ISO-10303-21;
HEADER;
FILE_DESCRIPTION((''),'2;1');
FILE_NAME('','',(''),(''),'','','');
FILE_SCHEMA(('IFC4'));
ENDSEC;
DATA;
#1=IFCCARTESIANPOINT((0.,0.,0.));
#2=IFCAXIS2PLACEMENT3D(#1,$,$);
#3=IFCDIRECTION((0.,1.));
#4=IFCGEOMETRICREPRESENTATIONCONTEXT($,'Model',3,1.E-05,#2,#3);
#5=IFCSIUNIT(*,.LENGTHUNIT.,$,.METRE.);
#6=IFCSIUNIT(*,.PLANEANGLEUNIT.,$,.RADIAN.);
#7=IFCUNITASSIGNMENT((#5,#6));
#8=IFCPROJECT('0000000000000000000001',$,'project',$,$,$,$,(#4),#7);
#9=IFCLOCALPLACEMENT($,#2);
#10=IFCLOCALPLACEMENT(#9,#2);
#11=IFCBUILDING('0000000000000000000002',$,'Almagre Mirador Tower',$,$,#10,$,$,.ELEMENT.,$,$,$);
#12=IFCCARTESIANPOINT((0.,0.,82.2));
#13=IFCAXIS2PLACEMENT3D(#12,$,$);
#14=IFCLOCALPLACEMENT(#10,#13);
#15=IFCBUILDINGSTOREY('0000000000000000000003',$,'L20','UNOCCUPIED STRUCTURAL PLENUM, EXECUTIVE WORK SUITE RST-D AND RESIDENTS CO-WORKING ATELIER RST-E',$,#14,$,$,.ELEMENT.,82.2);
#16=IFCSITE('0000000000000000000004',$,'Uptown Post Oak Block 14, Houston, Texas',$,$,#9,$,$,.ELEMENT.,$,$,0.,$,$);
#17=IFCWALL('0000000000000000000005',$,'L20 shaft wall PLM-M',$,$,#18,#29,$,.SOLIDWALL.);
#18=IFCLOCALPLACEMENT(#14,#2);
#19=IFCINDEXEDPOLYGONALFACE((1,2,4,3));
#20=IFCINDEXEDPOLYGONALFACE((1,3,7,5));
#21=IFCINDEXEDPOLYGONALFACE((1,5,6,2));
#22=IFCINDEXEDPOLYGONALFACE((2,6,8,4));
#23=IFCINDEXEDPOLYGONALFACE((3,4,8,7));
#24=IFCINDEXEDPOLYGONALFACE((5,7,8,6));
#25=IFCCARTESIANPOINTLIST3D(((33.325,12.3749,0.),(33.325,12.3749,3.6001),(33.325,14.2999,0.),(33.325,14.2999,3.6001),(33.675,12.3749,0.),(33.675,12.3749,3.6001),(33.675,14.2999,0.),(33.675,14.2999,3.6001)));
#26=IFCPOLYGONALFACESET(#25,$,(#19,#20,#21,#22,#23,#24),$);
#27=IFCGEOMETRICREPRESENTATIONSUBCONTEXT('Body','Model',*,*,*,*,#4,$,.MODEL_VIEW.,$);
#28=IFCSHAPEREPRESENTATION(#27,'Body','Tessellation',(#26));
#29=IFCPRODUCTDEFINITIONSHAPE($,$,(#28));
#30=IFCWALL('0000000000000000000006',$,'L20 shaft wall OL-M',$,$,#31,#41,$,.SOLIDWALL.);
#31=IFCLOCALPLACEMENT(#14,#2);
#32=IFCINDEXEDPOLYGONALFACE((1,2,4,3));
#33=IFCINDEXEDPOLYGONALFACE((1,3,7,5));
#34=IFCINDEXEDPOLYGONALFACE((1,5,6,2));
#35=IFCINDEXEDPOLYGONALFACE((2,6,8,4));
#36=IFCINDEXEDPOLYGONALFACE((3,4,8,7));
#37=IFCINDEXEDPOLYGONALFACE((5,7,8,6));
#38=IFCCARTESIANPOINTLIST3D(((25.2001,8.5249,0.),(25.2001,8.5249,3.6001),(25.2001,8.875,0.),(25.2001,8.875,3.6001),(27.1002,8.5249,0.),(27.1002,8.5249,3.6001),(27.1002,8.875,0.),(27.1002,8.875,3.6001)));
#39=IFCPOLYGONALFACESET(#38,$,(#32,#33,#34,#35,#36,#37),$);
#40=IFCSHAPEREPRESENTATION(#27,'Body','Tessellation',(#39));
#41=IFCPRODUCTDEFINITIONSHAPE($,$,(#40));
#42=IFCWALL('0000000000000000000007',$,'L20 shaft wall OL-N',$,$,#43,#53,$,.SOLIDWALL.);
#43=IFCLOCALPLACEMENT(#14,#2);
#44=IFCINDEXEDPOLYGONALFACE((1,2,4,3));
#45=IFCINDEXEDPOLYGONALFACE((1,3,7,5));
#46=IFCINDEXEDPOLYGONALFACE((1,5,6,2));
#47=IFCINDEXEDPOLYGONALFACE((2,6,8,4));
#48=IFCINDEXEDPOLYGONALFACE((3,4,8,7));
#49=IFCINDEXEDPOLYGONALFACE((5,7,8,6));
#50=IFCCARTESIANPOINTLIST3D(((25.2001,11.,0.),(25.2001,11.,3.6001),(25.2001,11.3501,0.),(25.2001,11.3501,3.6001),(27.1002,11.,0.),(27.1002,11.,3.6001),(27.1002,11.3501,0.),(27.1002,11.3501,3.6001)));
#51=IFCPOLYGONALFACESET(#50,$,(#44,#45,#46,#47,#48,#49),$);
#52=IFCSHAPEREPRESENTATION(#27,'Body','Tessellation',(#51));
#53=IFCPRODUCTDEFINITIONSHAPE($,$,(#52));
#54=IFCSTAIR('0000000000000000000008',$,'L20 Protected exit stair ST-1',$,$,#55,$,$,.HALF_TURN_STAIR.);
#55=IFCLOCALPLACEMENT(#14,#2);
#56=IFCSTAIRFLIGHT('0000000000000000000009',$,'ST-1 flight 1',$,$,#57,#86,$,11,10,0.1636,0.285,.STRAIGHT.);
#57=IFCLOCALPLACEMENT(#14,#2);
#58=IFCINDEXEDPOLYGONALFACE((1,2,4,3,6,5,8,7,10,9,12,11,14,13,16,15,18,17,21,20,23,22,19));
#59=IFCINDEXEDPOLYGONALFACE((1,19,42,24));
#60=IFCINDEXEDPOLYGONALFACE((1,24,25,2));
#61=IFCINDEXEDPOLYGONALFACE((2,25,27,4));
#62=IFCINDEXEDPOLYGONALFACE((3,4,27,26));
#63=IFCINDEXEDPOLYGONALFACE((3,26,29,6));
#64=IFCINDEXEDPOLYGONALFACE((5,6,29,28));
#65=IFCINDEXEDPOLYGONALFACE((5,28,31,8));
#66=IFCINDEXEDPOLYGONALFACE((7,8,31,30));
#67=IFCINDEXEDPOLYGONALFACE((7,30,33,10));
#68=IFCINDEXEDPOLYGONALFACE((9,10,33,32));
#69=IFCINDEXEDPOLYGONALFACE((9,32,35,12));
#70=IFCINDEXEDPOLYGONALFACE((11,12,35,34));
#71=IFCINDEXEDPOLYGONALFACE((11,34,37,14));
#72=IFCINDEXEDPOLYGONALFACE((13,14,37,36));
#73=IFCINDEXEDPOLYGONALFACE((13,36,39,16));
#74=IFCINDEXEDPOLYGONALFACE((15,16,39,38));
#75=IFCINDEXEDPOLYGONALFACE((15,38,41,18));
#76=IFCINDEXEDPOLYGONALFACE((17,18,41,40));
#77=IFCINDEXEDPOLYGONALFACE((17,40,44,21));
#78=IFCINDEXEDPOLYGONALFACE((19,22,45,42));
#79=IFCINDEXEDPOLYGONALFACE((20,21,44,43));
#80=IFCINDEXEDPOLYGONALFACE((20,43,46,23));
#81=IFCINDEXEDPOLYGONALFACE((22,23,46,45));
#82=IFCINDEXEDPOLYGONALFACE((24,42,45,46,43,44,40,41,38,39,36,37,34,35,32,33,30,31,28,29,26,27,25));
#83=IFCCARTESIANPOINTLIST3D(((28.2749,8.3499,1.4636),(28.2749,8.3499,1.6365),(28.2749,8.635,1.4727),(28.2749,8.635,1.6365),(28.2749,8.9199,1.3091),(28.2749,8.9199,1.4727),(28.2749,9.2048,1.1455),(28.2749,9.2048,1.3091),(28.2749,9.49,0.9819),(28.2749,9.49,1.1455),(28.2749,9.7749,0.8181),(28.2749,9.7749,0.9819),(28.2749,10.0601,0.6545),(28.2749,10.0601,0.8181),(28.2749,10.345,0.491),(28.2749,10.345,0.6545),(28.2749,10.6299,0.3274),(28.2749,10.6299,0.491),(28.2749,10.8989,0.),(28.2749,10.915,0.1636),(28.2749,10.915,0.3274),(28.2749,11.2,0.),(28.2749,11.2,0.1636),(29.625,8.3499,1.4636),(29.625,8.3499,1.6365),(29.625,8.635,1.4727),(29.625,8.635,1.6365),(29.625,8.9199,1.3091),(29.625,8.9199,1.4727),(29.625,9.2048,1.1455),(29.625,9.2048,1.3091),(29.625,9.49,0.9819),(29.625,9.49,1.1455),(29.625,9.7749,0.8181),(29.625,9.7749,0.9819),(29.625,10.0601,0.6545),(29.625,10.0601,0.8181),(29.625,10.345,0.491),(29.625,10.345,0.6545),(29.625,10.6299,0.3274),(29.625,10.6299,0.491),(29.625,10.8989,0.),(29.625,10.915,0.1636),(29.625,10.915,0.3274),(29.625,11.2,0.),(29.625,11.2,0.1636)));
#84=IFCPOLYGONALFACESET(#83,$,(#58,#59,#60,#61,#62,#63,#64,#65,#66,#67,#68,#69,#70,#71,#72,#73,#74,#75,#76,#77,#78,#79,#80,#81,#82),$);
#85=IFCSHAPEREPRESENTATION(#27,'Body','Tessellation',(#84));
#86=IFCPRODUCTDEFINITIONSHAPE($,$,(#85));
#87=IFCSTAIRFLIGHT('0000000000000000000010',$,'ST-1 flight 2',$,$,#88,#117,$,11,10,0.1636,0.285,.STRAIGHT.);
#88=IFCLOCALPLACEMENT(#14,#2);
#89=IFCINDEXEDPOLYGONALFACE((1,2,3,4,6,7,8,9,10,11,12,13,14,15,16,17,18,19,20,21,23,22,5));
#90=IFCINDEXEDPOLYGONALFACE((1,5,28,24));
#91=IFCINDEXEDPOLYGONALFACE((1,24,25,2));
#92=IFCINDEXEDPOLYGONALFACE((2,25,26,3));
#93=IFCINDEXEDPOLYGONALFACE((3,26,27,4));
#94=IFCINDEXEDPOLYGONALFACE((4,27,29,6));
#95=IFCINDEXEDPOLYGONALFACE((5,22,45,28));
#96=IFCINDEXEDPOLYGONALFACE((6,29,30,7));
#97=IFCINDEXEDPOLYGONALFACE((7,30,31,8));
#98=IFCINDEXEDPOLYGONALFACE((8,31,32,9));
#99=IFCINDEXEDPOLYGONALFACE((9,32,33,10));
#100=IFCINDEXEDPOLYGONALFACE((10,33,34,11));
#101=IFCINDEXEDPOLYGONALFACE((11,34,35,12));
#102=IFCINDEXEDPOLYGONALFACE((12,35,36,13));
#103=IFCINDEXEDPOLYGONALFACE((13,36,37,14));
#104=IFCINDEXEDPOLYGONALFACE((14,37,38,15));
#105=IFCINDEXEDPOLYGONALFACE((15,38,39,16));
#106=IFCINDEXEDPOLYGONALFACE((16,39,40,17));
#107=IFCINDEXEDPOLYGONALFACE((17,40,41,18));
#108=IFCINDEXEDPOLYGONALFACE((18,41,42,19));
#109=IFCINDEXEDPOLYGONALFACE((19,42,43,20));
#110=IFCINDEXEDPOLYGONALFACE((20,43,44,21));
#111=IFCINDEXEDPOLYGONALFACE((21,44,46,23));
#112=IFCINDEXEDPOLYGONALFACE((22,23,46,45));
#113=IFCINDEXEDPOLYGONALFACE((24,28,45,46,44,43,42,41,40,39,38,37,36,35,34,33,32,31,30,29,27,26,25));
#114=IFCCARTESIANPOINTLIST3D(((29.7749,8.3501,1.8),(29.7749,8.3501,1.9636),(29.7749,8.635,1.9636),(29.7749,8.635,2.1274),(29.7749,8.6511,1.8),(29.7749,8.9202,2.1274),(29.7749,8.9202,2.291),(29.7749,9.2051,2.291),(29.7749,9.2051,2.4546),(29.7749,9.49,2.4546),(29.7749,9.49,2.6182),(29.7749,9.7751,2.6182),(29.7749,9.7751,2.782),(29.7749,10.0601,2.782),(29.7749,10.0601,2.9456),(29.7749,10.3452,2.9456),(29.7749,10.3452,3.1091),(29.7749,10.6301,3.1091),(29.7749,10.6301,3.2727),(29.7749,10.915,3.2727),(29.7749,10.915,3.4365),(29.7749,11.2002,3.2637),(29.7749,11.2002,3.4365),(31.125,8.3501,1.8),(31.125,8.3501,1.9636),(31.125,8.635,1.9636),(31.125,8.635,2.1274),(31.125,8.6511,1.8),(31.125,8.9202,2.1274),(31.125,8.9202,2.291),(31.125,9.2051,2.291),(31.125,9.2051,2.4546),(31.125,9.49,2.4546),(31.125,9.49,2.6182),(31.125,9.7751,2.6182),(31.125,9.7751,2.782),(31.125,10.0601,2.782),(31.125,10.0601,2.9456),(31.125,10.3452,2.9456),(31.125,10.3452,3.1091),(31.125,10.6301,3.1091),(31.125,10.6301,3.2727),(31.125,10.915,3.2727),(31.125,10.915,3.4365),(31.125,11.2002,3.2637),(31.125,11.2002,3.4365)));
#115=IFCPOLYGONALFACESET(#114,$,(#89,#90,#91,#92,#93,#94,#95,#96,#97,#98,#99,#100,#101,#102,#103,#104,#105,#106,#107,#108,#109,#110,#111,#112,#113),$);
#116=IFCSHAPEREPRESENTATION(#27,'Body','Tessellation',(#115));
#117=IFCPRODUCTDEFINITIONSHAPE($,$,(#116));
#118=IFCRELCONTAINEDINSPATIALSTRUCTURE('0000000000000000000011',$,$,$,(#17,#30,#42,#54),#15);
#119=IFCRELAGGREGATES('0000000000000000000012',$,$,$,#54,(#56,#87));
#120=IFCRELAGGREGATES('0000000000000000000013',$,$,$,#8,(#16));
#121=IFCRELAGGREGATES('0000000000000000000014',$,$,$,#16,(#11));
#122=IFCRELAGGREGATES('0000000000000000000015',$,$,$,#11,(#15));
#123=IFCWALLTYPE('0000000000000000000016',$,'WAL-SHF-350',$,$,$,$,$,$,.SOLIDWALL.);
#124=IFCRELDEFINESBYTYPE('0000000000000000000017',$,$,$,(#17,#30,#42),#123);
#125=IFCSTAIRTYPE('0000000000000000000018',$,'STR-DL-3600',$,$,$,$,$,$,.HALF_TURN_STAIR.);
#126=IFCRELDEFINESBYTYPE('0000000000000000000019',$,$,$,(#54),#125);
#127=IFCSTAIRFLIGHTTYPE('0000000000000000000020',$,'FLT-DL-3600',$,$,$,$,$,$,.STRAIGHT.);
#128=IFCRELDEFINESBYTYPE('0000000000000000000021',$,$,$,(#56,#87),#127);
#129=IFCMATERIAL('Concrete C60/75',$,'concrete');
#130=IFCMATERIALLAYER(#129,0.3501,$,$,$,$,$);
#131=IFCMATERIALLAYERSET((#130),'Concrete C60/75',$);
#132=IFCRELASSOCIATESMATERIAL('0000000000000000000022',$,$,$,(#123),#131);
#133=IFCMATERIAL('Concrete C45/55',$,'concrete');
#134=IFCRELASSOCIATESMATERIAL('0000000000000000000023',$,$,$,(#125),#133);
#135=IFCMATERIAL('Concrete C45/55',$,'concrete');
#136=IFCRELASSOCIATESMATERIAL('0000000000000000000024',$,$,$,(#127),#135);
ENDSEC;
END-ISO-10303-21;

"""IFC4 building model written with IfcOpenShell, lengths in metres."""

from ifc_helpers import new_model, si_unit, direction, frame, frame_2d, origin, place, context, subcontext, project, spatial, polyline, rectangle, outline, extrude, material, layer, layer_set, type_object, element, aggregate, save


model = new_model("IFC4")

# Units and contexts
model_context = context("Model", 3, precision=1e-05, world=origin(), true_north=direction((0.0, 1.0)))
body_context = subcontext(model_context, "Body", "Model", "MODEL_VIEW")
ifc_project = project(units=[si_unit("LENGTHUNIT", "METRE"), si_unit("PLANEANGLEUNIT", "RADIAN")], contexts=[model_context])

# Site, building, storey
site_placement = place(None, origin())
site = spatial("IfcSite", under=ifc_project, at=site_placement, Name="Uptown Post Oak Block 14, Houston, Texas", CompositionType="ELEMENT", RefElevation=0.0)
building_placement = place(site_placement, origin())
building = spatial("IfcBuilding", under=site, at=building_placement, Name="Almagre Mirador Tower", CompositionType="ELEMENT")
storey_placement = place(building_placement, frame((0.0, 0.0, 82.2)))
storey = spatial("IfcBuildingStorey", under=building, at=storey_placement, Name="L20", Description="UNOCCUPIED STRUCTURAL PLENUM, EXECUTIVE WORK SUITE RST-D AND RESIDENTS CO-WORKING ATELIER RST-E", CompositionType="ELEMENT", Elevation=82.2)

# Shared definitions
ifc_material_1 = material(Name="Concrete C60/75", Category="concrete")
ifc_layer_1 = layer(ifc_material_1, 0.3501)
ifc_layer_set_1 = layer_set([ifc_layer_1], Name="Concrete C60/75")
wall_type_1 = type_object("IfcWallType", Name="WAL-SHF-350", PredefinedType="SOLIDWALL", material=ifc_layer_set_1)

# Walls
wall_1_placement = place(storey_placement, frame((33.5, 12.375, 0.0), z_axis=(0.0, 0.0, 1.0), x_axis=(0.0, 1.0, 0.0)))
element("IfcWall", 1, at=wall_1_placement, inside=storey, type_object=wall_type_1, Name="L20 shaft wall PLM-M", PredefinedType="SOLIDWALL", context=body_context, shape_type="SweptSolid", body=[
    extrude(rectangle(XDim=1.925, YDim=0.3501, at=frame_2d((0.9624, 0.0))), origin(), (0.0, 0.0, 1.0), 3.6001),
])
for number, where, z_axis, x_axis, name in (
    (2, (25.2, 8.7, 0.0), (0.0, 0.0, 1.0), (1.0, 0.0, 0.0), "L20 shaft wall OL-M"),
    (3, (25.2, 11.175, 0.0), (0.0, 0.0, 1.0), (1.0, 0.0, 0.0), "L20 shaft wall OL-N"),
):
    element("IfcWall", number, at=place(storey_placement, frame(where, z_axis=z_axis, x_axis=x_axis)), inside=storey, type_object=wall_type_1, Name=name, PredefinedType="SOLIDWALL", context=body_context, shape_type="SweptSolid", body=[
        extrude(rectangle(XDim=1.9001, YDim=0.3501, at=frame_2d((0.9502, 0.0))), origin(), (0.0, 0.0, 1.0), 3.6001),
    ])

# Stair, stair flights
ifc_material_2 = material(Name="Concrete C45/55", Category="concrete")
stair_type = type_object("IfcStairType", Name="STR-DL-3600", PredefinedType="HALF_TURN_STAIR", material=ifc_material_2)
stair_placement = place(storey_placement, origin())
stair = element("IfcStair", 4, at=stair_placement, inside=storey, type_object=stair_type, Name="L20 Protected exit stair ST-1", PredefinedType="HALF_TURN_STAIR")
ifc_material_3 = material(Name="Concrete C45/55", Category="concrete")
stair_flight_type = type_object("IfcStairFlightType", Name="FLT-DL-3600", PredefinedType="STRAIGHT", material=ifc_material_3)
stair_flight_1_placement = place(storey_placement, frame((28.95, 11.2, 0.0), z_axis=(0.0, 0.0, 1.0), x_axis=(0.0, -1.0, 0.0)))
stair_flight_1 = element("IfcStairFlight", 5, at=stair_flight_1_placement, type_object=stair_flight_type, Name="ST-1 flight 1", NumberOfRisers=11, NumberOfTreads=10, PredefinedType="STRAIGHT", RiserHeight=0.1636, TreadLength=0.285, context=body_context, shape_type="SweptSolid", body=[
    extrude(outline(polyline([(0.0, 0.0), (0.0, 0.1636), (0.2849, 0.1636), (0.2849, 0.3274), (0.5701, 0.3274), (0.5701, 0.491), (0.855, 0.491), (0.855, 0.6545), (1.1399, 0.6545), (1.1399, 0.8181), (1.425, 0.8181), (1.425, 0.9819), (1.71, 0.9819), (1.71, 1.1455), (1.9951, 1.1455), (1.9951, 1.3091), (2.28, 1.3091), (2.28, 1.4727), (2.5649, 1.4727), (2.5649, 1.6365), (2.8501, 1.6365), (2.8501, 1.8), (2.8501, 1.4636), (0.301, 0.0), (0.0, 0.0)])), frame((0.0, 0.675, 0.0), z_axis=(0.0, -1.0, 0.0), x_axis=(1.0, 0.0, 0.0)), (0.0, 0.0, 1.0), 1.3501),
])
stair_flight_2_placement = place(storey_placement, frame((30.45, 8.3501, 1.8), z_axis=(0.0, 0.0, 1.0), x_axis=(0.0, 1.0, 0.0)))
stair_flight_2 = element("IfcStairFlight", 6, at=stair_flight_2_placement, type_object=stair_flight_type, Name="ST-1 flight 2", NumberOfRisers=11, NumberOfTreads=10, PredefinedType="STRAIGHT", RiserHeight=0.1636, TreadLength=0.285, context=body_context, shape_type="SweptSolid", body=[
    extrude(outline(polyline([(0.0, 0.0), (0.0, 0.1636), (0.2849, 0.1636), (0.2849, 0.3274), (0.5701, 0.3274), (0.5701, 0.491), (0.855, 0.491), (0.855, 0.6545), (1.1399, 0.6545), (1.1399, 0.8181), (1.425, 0.8181), (1.425, 0.9819), (1.71, 0.9819), (1.71, 1.1455), (1.9951, 1.1455), (1.9951, 1.3091), (2.28, 1.3091), (2.28, 1.4727), (2.5649, 1.4727), (2.5649, 1.6365), (2.8501, 1.6365), (2.8501, 1.8), (2.8501, 1.4636), (0.301, 0.0), (0.0, 0.0)])), frame((0.0, 0.675, 0.0), z_axis=(0.0, -1.0, 0.0), x_axis=(1.0, 0.0, 0.0)), (0.0, 0.0, 1.0), 1.3501),
])
aggregate(stair, [stair_flight_1, stair_flight_2])

save(model, "model.ifc")
